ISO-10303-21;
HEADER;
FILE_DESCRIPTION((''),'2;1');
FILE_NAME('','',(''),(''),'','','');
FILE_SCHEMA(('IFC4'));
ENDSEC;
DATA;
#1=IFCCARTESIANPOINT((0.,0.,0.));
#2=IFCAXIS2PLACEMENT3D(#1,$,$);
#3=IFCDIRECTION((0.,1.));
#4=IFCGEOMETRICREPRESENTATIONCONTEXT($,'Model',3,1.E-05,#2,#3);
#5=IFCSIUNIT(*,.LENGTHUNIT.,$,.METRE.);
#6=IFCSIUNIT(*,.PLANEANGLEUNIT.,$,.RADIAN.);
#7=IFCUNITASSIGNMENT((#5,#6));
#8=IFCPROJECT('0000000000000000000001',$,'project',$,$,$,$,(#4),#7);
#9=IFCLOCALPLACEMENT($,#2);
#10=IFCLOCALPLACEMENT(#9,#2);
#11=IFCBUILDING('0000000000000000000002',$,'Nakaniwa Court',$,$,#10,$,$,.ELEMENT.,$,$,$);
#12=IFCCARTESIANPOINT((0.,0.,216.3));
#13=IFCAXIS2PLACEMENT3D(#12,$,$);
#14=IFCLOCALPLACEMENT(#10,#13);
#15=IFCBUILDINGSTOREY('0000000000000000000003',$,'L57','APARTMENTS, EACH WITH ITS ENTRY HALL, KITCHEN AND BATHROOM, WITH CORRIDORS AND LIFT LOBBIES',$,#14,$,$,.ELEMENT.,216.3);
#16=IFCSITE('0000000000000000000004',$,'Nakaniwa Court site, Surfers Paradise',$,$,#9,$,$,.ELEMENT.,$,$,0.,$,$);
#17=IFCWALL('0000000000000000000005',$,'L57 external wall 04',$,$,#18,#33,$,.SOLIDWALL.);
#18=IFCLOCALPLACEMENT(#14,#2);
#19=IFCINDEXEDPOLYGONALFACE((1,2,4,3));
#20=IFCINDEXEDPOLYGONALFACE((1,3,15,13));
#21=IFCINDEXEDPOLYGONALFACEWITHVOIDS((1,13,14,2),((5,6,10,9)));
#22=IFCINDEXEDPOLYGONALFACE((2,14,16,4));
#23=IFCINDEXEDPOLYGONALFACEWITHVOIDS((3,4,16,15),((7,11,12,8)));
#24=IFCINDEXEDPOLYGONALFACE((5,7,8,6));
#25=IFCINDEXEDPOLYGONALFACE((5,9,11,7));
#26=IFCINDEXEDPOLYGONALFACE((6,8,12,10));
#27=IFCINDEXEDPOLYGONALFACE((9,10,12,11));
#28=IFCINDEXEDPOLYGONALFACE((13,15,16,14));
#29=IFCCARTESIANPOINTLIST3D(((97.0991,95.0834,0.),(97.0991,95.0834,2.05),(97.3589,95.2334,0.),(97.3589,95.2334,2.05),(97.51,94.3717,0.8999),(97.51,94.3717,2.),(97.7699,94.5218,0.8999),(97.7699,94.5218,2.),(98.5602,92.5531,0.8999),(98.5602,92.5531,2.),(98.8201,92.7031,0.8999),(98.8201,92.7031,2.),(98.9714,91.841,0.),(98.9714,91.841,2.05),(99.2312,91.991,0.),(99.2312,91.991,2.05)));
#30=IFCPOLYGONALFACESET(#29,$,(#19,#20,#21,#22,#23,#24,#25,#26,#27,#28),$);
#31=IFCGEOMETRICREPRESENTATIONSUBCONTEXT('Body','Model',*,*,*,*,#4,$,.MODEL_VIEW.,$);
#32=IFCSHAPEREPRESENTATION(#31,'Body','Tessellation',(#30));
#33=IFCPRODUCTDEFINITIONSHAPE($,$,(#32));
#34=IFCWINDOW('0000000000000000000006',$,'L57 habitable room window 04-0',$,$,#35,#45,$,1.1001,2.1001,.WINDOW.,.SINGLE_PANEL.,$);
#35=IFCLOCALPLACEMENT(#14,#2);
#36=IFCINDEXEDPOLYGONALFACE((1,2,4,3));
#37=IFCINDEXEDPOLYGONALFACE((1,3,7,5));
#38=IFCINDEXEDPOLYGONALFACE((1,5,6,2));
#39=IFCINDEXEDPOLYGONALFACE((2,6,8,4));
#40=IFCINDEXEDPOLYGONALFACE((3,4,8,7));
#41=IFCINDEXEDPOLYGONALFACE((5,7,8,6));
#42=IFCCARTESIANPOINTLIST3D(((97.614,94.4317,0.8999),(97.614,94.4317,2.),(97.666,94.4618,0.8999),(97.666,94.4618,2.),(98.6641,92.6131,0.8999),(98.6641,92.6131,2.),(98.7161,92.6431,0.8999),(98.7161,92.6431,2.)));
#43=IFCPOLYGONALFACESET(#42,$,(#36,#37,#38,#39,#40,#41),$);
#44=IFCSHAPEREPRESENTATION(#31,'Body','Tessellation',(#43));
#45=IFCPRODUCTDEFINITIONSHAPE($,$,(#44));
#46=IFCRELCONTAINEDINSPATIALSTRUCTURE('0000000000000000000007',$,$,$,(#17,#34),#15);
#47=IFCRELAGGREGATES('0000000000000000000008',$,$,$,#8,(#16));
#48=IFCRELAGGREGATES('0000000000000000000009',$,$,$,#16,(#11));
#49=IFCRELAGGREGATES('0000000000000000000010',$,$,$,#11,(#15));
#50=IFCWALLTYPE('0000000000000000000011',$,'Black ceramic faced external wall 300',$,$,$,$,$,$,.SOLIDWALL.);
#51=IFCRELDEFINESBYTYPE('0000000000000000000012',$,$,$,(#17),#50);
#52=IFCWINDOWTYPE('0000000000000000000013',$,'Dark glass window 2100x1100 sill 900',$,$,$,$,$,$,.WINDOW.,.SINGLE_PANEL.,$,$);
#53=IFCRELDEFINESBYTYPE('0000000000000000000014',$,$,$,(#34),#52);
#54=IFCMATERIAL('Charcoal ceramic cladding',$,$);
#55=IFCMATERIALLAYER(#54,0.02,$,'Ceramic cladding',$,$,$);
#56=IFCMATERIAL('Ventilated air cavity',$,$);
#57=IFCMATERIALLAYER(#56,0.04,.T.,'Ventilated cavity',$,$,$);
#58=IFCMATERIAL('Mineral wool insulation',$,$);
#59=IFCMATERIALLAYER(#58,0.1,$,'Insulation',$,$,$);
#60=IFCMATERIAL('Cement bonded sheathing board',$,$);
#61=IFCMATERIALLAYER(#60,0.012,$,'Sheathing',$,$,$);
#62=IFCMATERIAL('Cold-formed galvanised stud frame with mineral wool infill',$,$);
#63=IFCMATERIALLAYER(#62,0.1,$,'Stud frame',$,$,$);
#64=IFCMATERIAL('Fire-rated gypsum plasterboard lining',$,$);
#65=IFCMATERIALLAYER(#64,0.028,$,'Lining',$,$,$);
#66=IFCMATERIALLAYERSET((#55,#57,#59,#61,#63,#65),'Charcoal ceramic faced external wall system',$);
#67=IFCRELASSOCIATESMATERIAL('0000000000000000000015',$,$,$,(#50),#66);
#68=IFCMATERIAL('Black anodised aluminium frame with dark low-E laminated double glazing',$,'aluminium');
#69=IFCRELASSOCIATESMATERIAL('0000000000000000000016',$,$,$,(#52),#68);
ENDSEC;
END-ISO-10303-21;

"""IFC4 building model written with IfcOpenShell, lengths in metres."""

from ifc_helpers import new_model, si_unit, direction, frame, frame_2d, origin, place, context, subcontext, project, spatial, rectangle, extrude, material, layer, layer_set, type_object, element, fill, save


model = new_model("IFC4")

# Units and contexts
model_context = context("Model", 3, precision=1e-05, world=origin(), true_north=direction((0.0, 1.0)))
body_context = subcontext(model_context, "Body", "Model", "MODEL_VIEW")
ifc_project = project(units=[si_unit("LENGTHUNIT", "METRE"), si_unit("PLANEANGLEUNIT", "RADIAN")], contexts=[model_context])

# Site, building, storey
site_placement = place(None, origin())
site = spatial("IfcSite", under=ifc_project, at=site_placement, Name="Nakaniwa Court site, Surfers Paradise", CompositionType="ELEMENT", RefElevation=0.0)
building_placement = place(site_placement, origin())
building = spatial("IfcBuilding", under=site, at=building_placement, Name="Nakaniwa Court", CompositionType="ELEMENT")
storey_placement = place(building_placement, frame((0.0, 0.0, 216.3)))
storey = spatial("IfcBuildingStorey", under=building, at=storey_placement, Name="L57", Description="APARTMENTS, EACH WITH ITS ENTRY HALL, KITCHEN AND BATHROOM, WITH CORRIDORS AND LIFT LOBBIES", CompositionType="ELEMENT", Elevation=216.3)

# Wall, opening, window
ifc_material_1 = material(Name="Charcoal ceramic cladding")
ifc_layer_1 = layer(ifc_material_1, 0.02, Name="Ceramic cladding")
ifc_material_2 = material(Name="Ventilated air cavity")
ifc_layer_2 = layer(ifc_material_2, 0.04, ventilated=True, Name="Ventilated cavity")
ifc_material_3 = material(Name="Mineral wool insulation")
ifc_layer_3 = layer(ifc_material_3, 0.1, Name="Insulation")
ifc_material_4 = material(Name="Cement bonded sheathing board")
ifc_layer_4 = layer(ifc_material_4, 0.012, Name="Sheathing")
ifc_material_5 = material(Name="Cold-formed galvanised stud frame with mineral wool infill")
ifc_layer_5 = layer(ifc_material_5, 0.1, Name="Stud frame")
ifc_material_6 = material(Name="Fire-rated gypsum plasterboard lining")
ifc_layer_6 = layer(ifc_material_6, 0.028, Name="Lining")
ifc_layer_set_1 = layer_set([ifc_layer_1, ifc_layer_2, ifc_layer_3, ifc_layer_4, ifc_layer_5, ifc_layer_6], Name="Charcoal ceramic faced external wall system")
wall_type_1 = type_object("IfcWallType", Name="Black ceramic faced external wall 300", PredefinedType="SOLIDWALL", material=ifc_layer_set_1)
wall_1_placement = place(storey_placement, frame((99.1013, 91.916, 0.0), z_axis=(0.0, 0.0, 1.0), x_axis=(-0.500059, 0.865991, 0.0)))
wall_1 = element("IfcWall", 1, at=wall_1_placement, inside=storey, type_object=wall_type_1, Name="L57 external wall 04", PredefinedType="SOLIDWALL", context=body_context, shape_type="SweptSolid", body=[
    extrude(rectangle(XDim=3.7441, YDim=0.3, at=frame_2d((1.8721, 0.0))), origin(), (0.0, 0.0, 1.0), 2.05),
])
opening_1_placement = place(wall_1_placement, frame((0.8223, 0.0, 0.8999)))
opening_1 = element("IfcOpeningElement", 2, at=opening_1_placement, cuts=wall_1, PredefinedType="OPENING", context=body_context, shape_type="SweptSolid", body=[
    extrude(rectangle(XDim=2.1001, YDim=1.1001, at=frame_2d((1.05, 0.55))), frame((0.0, 0.1599, 0.0), z_axis=(0.0, -1.0, 0.0), x_axis=(1.0, 0.0, 0.0)), (0.0, 0.0, 1.0), 0.3201),
])
ifc_material_7 = material(Name="Black anodised aluminium frame with dark low-E laminated double glazing", Category="aluminium")
window_type = type_object("IfcWindowType", Name="Dark glass window 2100x1100 sill 900", PartitioningType="SINGLE_PANEL", PredefinedType="WINDOW", material=ifc_material_7)
window_placement = place(opening_1_placement, origin())
window = element("IfcWindow", 3, at=window_placement, inside=storey, type_object=window_type, Name="L57 habitable room window 04-0", OverallHeight=1.1001, OverallWidth=2.1001, PartitioningType="SINGLE_PANEL", PredefinedType="WINDOW", context=body_context, shape_type="SweptSolid", body=[
    extrude(rectangle(XDim=2.1001, YDim=1.1001, at=frame_2d((1.05, 0.55))), frame((0.0, 0.03, 0.0), z_axis=(0.0, -1.0, 0.0), x_axis=(1.0, 0.0, 0.0)), (0.0, 0.0, 1.0), 0.0601),
])
fill(opening_1, window)

save(model, "model.ifc")
